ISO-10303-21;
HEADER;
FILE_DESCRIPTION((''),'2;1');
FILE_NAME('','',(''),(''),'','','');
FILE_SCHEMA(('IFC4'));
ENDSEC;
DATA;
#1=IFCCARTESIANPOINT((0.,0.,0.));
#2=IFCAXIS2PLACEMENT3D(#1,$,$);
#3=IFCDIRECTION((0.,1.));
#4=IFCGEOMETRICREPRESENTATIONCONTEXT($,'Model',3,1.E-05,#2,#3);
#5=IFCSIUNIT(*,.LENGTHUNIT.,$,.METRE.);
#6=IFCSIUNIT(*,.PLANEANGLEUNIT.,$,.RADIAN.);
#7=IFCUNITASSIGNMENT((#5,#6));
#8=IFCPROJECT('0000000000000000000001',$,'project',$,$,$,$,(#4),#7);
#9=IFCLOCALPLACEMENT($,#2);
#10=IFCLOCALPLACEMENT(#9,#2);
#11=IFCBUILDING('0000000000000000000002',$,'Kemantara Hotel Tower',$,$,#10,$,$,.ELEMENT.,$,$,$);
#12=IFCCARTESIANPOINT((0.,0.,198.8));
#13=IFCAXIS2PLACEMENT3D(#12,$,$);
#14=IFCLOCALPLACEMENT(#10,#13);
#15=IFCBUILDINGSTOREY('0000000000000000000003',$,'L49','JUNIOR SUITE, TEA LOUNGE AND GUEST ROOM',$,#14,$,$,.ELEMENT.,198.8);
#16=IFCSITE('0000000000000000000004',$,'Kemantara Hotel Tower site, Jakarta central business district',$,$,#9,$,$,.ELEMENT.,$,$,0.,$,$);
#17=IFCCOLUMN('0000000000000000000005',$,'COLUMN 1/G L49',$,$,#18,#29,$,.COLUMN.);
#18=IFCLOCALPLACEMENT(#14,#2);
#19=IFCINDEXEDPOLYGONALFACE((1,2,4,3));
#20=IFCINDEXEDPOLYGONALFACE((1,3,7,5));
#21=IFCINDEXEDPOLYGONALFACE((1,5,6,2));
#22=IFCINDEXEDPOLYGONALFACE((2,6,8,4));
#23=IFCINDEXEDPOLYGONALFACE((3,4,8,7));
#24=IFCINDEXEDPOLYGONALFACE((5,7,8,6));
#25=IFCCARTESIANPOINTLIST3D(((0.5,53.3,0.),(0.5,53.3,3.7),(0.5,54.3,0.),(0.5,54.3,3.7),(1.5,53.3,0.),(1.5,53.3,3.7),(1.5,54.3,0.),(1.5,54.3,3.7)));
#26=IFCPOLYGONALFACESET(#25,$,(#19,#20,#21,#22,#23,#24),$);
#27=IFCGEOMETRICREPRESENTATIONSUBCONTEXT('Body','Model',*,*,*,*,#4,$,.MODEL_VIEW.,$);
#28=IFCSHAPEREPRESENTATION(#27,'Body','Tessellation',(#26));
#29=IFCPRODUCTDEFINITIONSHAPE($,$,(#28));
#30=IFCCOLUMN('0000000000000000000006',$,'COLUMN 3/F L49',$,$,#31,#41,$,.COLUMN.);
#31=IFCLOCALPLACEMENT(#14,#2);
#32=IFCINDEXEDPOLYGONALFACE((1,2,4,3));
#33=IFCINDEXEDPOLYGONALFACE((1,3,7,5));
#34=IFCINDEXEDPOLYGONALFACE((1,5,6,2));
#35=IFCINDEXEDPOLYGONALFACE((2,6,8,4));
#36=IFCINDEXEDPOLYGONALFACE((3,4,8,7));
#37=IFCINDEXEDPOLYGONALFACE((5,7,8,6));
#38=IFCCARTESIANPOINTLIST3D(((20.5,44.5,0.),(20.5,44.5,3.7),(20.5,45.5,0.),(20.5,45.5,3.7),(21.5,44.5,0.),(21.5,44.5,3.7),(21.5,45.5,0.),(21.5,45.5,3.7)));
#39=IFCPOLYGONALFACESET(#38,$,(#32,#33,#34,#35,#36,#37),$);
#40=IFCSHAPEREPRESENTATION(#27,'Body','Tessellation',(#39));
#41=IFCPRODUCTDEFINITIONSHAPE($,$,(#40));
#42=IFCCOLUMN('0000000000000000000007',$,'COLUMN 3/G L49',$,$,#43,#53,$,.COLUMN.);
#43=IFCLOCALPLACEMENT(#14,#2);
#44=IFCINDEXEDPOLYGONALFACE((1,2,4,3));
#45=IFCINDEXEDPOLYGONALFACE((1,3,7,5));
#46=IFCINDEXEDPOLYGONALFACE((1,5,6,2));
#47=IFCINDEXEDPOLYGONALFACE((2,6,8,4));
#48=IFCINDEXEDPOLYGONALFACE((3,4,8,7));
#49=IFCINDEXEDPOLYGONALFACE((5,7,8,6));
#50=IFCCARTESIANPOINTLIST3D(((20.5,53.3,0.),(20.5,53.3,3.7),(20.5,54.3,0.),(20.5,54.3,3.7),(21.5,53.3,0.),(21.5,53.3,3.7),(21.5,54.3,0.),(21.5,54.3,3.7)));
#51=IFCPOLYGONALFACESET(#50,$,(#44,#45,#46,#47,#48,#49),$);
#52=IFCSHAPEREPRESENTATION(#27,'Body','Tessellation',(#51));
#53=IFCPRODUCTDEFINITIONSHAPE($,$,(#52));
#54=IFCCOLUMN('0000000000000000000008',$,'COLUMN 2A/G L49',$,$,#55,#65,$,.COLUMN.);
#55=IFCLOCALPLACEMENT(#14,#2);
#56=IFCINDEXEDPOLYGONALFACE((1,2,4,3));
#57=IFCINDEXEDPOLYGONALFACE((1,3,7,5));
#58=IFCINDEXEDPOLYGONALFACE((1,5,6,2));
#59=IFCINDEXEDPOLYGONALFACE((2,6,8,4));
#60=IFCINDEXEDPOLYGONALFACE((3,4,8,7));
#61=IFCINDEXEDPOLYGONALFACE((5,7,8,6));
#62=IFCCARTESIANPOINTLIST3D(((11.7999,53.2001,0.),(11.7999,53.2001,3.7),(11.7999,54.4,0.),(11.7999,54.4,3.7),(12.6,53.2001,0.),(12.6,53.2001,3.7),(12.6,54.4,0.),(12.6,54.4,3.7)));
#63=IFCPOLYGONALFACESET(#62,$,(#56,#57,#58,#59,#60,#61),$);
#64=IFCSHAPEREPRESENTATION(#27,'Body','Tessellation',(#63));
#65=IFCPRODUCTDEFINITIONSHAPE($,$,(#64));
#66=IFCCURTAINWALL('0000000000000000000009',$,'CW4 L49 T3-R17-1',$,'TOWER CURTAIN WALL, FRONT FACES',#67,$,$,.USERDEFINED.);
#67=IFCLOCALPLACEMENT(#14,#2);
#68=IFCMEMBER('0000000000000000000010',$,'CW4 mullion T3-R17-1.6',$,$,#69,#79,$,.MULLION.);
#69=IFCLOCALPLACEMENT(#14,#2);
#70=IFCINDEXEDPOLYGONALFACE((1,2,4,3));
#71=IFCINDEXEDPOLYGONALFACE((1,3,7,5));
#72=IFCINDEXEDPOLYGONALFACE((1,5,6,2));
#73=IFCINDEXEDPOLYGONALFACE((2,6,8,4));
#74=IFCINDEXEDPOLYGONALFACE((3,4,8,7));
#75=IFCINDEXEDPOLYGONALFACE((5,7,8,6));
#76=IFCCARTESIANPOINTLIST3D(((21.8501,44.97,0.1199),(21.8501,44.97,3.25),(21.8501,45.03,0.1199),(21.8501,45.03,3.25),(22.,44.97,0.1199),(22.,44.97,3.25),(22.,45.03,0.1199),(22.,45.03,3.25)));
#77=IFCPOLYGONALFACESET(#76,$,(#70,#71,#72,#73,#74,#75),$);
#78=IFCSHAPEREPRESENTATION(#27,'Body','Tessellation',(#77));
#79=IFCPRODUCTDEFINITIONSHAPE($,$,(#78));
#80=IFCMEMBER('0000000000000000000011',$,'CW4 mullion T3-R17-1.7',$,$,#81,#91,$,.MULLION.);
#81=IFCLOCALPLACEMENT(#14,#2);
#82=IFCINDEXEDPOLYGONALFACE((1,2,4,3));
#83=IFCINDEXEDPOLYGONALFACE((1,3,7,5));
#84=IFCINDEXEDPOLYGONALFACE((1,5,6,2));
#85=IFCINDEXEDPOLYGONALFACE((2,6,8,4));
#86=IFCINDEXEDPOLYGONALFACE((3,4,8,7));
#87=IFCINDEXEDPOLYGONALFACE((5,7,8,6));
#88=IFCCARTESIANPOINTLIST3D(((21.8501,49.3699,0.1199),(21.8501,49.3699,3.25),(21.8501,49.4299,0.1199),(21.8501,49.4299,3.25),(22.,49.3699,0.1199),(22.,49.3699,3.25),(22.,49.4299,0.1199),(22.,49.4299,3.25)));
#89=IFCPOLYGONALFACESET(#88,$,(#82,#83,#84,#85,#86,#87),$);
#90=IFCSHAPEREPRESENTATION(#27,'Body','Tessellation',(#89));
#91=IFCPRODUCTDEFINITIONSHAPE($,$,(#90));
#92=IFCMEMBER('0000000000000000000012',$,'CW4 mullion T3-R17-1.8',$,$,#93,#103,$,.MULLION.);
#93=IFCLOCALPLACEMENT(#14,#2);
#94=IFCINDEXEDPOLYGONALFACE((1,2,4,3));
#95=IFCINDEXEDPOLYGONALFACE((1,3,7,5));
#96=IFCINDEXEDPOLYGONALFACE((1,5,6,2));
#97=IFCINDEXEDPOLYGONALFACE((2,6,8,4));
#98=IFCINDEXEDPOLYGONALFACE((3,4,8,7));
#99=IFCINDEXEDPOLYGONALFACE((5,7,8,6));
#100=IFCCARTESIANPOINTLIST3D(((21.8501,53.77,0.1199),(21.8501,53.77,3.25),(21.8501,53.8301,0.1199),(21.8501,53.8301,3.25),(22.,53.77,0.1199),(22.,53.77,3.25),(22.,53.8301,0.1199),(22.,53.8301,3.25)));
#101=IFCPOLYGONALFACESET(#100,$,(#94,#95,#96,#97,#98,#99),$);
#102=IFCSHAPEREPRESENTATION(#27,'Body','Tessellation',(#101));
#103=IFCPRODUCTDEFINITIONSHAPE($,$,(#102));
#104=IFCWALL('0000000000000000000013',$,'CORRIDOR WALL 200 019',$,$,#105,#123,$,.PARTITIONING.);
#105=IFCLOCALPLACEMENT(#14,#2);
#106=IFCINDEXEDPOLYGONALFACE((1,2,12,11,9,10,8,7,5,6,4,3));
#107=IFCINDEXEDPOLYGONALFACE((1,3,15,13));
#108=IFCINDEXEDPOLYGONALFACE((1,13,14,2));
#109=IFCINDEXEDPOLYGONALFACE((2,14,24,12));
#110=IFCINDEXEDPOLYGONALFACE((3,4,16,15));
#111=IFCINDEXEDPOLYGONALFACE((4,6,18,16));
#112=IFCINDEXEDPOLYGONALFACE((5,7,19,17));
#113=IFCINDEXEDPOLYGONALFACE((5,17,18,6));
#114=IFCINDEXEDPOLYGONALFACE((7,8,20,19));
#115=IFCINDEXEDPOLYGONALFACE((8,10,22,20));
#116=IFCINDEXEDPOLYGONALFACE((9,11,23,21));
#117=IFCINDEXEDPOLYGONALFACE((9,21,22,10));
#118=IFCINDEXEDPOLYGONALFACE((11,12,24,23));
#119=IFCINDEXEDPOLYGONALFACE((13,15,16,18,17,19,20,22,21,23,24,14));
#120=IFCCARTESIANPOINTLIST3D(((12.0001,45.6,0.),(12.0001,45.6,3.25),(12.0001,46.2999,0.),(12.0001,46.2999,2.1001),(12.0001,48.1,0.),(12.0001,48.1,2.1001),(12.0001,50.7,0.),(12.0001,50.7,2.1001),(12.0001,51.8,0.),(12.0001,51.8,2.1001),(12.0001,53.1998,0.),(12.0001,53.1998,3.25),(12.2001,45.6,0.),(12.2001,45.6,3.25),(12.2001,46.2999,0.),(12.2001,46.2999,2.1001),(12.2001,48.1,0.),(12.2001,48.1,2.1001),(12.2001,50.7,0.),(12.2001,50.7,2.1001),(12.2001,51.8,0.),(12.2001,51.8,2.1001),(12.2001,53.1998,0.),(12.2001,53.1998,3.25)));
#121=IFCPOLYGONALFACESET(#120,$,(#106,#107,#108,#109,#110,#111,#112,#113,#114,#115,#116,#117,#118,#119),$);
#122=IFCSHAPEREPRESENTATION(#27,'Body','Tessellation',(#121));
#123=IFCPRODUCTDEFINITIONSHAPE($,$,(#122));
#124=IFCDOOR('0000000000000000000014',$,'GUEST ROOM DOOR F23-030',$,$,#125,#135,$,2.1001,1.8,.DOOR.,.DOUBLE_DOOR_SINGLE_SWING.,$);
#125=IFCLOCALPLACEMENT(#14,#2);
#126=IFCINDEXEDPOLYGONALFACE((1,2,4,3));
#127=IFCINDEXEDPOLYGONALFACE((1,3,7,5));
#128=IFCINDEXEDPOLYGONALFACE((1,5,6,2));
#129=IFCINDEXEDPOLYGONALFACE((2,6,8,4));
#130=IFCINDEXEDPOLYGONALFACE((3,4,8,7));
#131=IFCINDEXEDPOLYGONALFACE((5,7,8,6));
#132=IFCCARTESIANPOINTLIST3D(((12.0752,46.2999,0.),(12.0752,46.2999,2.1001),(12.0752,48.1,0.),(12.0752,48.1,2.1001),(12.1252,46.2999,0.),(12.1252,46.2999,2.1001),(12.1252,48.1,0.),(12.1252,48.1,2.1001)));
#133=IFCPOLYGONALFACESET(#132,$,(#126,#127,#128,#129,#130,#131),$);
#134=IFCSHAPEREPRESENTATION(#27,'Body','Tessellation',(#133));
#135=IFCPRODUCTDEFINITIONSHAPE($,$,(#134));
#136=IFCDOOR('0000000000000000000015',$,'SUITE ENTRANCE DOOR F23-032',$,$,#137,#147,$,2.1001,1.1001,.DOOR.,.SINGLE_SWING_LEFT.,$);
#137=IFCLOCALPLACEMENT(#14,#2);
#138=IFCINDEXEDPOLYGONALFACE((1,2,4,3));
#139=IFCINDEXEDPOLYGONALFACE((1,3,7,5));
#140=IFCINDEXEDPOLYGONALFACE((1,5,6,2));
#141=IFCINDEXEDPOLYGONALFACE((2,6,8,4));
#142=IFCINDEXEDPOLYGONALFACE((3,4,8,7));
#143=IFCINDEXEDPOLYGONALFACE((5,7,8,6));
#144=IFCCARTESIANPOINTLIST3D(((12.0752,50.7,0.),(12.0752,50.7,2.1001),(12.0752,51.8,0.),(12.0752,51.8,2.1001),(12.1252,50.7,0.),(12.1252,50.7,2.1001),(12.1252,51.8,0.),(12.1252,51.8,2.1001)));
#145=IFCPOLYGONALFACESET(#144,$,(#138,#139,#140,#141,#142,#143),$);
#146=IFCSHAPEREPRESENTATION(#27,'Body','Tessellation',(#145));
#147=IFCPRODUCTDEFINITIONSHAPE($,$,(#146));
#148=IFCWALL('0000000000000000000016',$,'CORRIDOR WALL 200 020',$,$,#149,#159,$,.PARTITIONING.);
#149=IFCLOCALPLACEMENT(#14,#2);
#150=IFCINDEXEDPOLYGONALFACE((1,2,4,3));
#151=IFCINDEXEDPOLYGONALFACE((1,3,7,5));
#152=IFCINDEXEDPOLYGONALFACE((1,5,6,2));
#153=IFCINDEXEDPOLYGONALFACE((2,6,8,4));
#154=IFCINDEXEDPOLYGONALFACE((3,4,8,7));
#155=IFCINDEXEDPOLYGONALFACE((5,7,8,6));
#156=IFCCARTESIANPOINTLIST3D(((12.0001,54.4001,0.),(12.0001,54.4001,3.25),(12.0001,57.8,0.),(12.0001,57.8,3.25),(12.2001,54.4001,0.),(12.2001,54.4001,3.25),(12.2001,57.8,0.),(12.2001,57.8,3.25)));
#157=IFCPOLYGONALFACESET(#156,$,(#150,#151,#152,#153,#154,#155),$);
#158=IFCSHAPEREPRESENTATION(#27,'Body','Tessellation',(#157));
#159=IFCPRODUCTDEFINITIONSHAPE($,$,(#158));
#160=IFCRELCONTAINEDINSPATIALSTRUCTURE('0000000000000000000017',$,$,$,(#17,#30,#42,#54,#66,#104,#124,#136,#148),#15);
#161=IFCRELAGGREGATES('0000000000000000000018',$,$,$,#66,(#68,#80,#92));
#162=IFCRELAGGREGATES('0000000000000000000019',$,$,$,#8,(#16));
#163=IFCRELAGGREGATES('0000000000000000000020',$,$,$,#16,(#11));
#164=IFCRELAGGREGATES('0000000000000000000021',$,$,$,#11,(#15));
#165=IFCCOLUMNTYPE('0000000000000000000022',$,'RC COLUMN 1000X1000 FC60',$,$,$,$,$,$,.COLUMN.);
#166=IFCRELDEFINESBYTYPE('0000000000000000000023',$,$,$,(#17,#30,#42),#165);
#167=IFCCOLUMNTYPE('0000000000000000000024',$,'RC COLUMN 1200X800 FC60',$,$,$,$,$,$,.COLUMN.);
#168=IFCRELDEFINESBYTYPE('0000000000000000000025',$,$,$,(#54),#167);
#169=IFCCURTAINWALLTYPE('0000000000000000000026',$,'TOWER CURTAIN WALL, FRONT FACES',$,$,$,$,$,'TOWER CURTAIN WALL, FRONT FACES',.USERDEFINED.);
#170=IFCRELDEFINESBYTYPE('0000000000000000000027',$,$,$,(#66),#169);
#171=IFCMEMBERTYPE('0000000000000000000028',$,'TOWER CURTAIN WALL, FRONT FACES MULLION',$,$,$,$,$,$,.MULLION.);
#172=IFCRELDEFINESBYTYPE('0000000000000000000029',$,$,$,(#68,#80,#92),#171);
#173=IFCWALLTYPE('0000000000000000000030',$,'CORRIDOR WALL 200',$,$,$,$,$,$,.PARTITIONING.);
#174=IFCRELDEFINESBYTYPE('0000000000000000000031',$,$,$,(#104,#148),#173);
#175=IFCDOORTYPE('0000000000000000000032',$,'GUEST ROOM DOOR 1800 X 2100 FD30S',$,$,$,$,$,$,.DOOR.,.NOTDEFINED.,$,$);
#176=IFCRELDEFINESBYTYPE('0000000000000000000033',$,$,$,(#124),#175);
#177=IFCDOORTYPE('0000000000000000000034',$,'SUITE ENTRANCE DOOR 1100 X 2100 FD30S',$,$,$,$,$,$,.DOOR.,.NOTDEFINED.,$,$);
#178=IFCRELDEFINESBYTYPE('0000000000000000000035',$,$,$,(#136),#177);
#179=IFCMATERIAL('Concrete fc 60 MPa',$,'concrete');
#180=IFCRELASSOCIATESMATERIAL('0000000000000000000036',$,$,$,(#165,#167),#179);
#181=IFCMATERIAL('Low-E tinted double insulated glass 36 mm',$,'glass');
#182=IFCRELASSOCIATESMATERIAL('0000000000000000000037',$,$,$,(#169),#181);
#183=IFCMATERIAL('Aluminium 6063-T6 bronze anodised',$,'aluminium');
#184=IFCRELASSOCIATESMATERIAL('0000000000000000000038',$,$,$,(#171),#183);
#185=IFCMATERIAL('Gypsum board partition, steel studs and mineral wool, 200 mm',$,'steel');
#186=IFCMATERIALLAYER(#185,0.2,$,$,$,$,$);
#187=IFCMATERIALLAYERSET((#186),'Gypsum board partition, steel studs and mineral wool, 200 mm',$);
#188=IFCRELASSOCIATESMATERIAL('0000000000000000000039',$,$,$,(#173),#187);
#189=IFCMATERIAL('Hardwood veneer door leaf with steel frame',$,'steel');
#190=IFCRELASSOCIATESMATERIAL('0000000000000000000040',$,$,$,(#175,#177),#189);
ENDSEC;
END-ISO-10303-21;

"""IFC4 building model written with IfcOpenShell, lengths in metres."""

from ifc_helpers import new_model, si_unit, direction, frame, frame_2d, origin, origin_2d, place, context, subcontext, project, spatial, rectangle, extrude, source, transform, mapped, material, layer, layer_set, material_profile, profile_set, type_object, element, fill, aggregate, save


model = new_model("IFC4")

# Units and contexts
model_context = context("Model", 3, precision=1e-05, world=origin(), true_north=direction((0.0, 1.0)))
body_context = subcontext(model_context, "Body", "Model", "MODEL_VIEW")
ifc_project = project(units=[si_unit("LENGTHUNIT", "METRE"), si_unit("PLANEANGLEUNIT", "RADIAN")], contexts=[model_context])

# Site, building, storey
site_placement = place(None, origin())
site = spatial("IfcSite", under=ifc_project, at=site_placement, Name="Kemantara Hotel Tower site, Jakarta central business district", CompositionType="ELEMENT", RefElevation=0.0)
building_placement = place(site_placement, origin())
building = spatial("IfcBuilding", under=site, at=building_placement, Name="Kemantara Hotel Tower", CompositionType="ELEMENT")
storey_placement = place(building_placement, frame((0.0, 0.0, 198.8)))
storey = spatial("IfcBuildingStorey", under=building, at=storey_placement, Name="L49", Description="JUNIOR SUITE, TEA LOUNGE AND GUEST ROOM", CompositionType="ELEMENT", Elevation=198.8)

# Columns
ifc_material_1 = material(Name="Concrete fc 60 MPa", Category="concrete")
ifc_material_profile_1 = material_profile(ifc_material_1, rectangle(XDim=1.0, YDim=1.0, at=origin_2d()), Name="RC 1000X1000")
ifc_profile_set_1 = profile_set([ifc_material_profile_1], Name="Concrete fc 60 MPa")
column_type_1 = type_object("IfcColumnType", Name="RC COLUMN 1000X1000 FC60", PredefinedType="COLUMN", material=ifc_profile_set_1)
for number, where, z_axis, x_axis, name in (
    (1, (1.0, 53.8, 0.0), (0.0, 0.0, 1.0), (1.0, 0.0, 0.0), "COLUMN 1/G L49"),
    (2, (21.0, 45.0, 0.0), (0.0, 0.0, 1.0), (1.0, 0.0, 0.0), "COLUMN 3/F L49"),
    (3, (21.0, 53.8, 0.0), (0.0, 0.0, 1.0), (1.0, 0.0, 0.0), "COLUMN 3/G L49"),
):
    element("IfcColumn", number, at=place(storey_placement, frame(where, z_axis=z_axis, x_axis=x_axis)), inside=storey, type_object=column_type_1, Name=name, PredefinedType="COLUMN", context=body_context, shape_type="SweptSolid", body=[
        extrude(rectangle(XDim=1.0, YDim=1.0, at=origin_2d()), origin(), (0.0, 0.0, 1.0), 3.7),
    ])
ifc_material_profile_2 = material_profile(ifc_material_1, rectangle(XDim=1.2, YDim=0.8, at=origin_2d()), Name="RC 1200X800")
ifc_profile_set_2 = profile_set([ifc_material_profile_2], Name="Concrete fc 60 MPa")
column_type_2 = type_object("IfcColumnType", Name="RC COLUMN 1200X800 FC60", PredefinedType="COLUMN", material=ifc_profile_set_2)
column_placement = place(storey_placement, frame((12.2, 53.8, 0.0), z_axis=(0.0, 0.0, 1.0), x_axis=(0.0, 1.0, 0.0)))
element("IfcColumn", 4, at=column_placement, inside=storey, type_object=column_type_2, Name="COLUMN 2A/G L49", PredefinedType="COLUMN", context=body_context, shape_type="SweptSolid", body=[
    extrude(rectangle(XDim=1.2, YDim=0.8, at=origin_2d()), origin(), (0.0, 0.0, 1.0), 3.7),
])

# Curtain wall, members
ifc_material_2 = material(Name="Low-E tinted double insulated glass 36 mm", Category="glass")
curtain_wall_type = type_object("IfcCurtainWallType", Name="TOWER CURTAIN WALL, FRONT FACES", ElementType="TOWER CURTAIN WALL, FRONT FACES", PredefinedType="USERDEFINED", material=ifc_material_2)
curtain_wall_placement = place(storey_placement, origin())
curtain_wall = element("IfcCurtainWall", 5, at=curtain_wall_placement, inside=storey, type_object=curtain_wall_type, Name="CW4 L49 T3-R17-1", ObjectType="TOWER CURTAIN WALL, FRONT FACES", PredefinedType="USERDEFINED")
ifc_material_3 = material(Name="Aluminium 6063-T6 bronze anodised", Category="aluminium")
ifc_material_profile_3 = material_profile(ifc_material_3, rectangle(XDim=0.1499, YDim=0.0601, at=origin_2d()), Name="TOWER CURTAIN WALL, FRONT FACES MULLION")
ifc_profile_set_3 = profile_set([ifc_material_profile_3], Name="Aluminium 6063-T6 bronze anodised")
member_type = type_object("IfcMemberType", Name="TOWER CURTAIN WALL, FRONT FACES MULLION", PredefinedType="MULLION", material=ifc_profile_set_3)
shared_shape_1 = source(origin(), body_context, "Body", "SweptSolid", [
    extrude(rectangle(XDim=0.1499, YDim=0.0601, at=origin_2d()), origin(), (0.0, 0.0, 1.0), 3.1301),
])
member_1_placement = place(storey_placement, frame((21.925, 45.0, 0.1199), z_axis=(0.0, 0.0, 1.0), x_axis=(-1.0, 0.0, 0.0)))
member_1 = element("IfcMember", 6, at=member_1_placement, type_object=member_type, Name="CW4 mullion T3-R17-1.6", PredefinedType="MULLION", context=body_context, shape_type="MappedRepresentation", body=[
    mapped(shared_shape_1, transform((0.0, 0.0, 0.0))),
])
member_2_placement = place(storey_placement, frame((21.925, 49.3999, 0.1199), z_axis=(0.0, 0.0, 1.0), x_axis=(-1.0, 0.0, 0.0)))
member_2 = element("IfcMember", 7, at=member_2_placement, type_object=member_type, Name="CW4 mullion T3-R17-1.7", PredefinedType="MULLION", context=body_context, shape_type="MappedRepresentation", body=[
    mapped(shared_shape_1, transform((0.0, 0.0, 0.0))),
])
member_3_placement = place(storey_placement, frame((21.925, 53.8, 0.1199), z_axis=(0.0, 0.0, 1.0), x_axis=(-1.0, 0.0, 0.0)))
member_3 = element("IfcMember", 8, at=member_3_placement, type_object=member_type, Name="CW4 mullion T3-R17-1.8", PredefinedType="MULLION", context=body_context, shape_type="MappedRepresentation", body=[
    mapped(shared_shape_1, transform((0.0, 0.0, 0.0))),
])
aggregate(curtain_wall, [member_1, member_2, member_3])

# Wall, openings, doors
ifc_material_4 = material(Name="Gypsum board partition, steel studs and mineral wool, 200 mm", Category="steel")
ifc_layer_1 = layer(ifc_material_4, 0.2)
ifc_layer_set_1 = layer_set([ifc_layer_1], Name="Gypsum board partition, steel studs and mineral wool, 200 mm")
wall_type_1 = type_object("IfcWallType", Name="CORRIDOR WALL 200", PredefinedType="PARTITIONING", material=ifc_layer_set_1)
wall_1_placement = place(storey_placement, frame((12.1001, 45.6001, 0.0), z_axis=(0.0, 0.0, 1.0), x_axis=(0.0, 1.0, 0.0)))
wall_1 = element("IfcWall", 9, at=wall_1_placement, inside=storey, type_object=wall_type_1, Name="CORRIDOR WALL 200 019", PredefinedType="PARTITIONING", context=body_context, shape_type="SweptSolid", body=[
    extrude(rectangle(XDim=7.5999, YDim=0.2, at=frame_2d((3.7998, 0.0))), origin(), (0.0, 0.0, 1.0), 3.25),
])
opening_1_placement = place(wall_1_placement, frame((0.7, 0.0, 0.0)))
opening_1 = element("IfcOpeningElement", 10, at=opening_1_placement, cuts=wall_1, PredefinedType="OPENING", context=body_context, shape_type="SweptSolid", body=[
    extrude(rectangle(XDim=1.8, YDim=2.1001, at=frame_2d((0.8999, 1.05))), frame((0.0, 0.1099, 0.0), z_axis=(0.0, -1.0, 0.0), x_axis=(1.0, 0.0, 0.0)), (0.0, 0.0, 1.0), 0.22),
])
opening_2_placement = place(wall_1_placement, frame((5.0999, 0.0, 0.0)))
opening_2 = element("IfcOpeningElement", 11, at=opening_2_placement, cuts=wall_1, PredefinedType="OPENING", context=body_context, shape_type="SweptSolid", body=[
    extrude(rectangle(XDim=1.1001, YDim=2.1001, at=frame_2d((0.55, 1.05))), frame((0.0, 0.1099, 0.0), z_axis=(0.0, -1.0, 0.0), x_axis=(1.0, 0.0, 0.0)), (0.0, 0.0, 1.0), 0.22),
])
ifc_material_5 = material(Name="Hardwood veneer door leaf with steel frame", Category="steel")
door_type_1 = type_object("IfcDoorType", Name="GUEST ROOM DOOR 1800 X 2100 FD30S", OperationType="NOTDEFINED", PredefinedType="DOOR", material=ifc_material_5)
door_1_placement = place(opening_1_placement, origin())
door_1 = element("IfcDoor", 12, at=door_1_placement, inside=storey, type_object=door_type_1, Name="GUEST ROOM DOOR F23-030", OperationType="DOUBLE_DOOR_SINGLE_SWING", OverallHeight=2.1001, OverallWidth=1.8, PredefinedType="DOOR", context=body_context, shape_type="SweptSolid", body=[
    extrude(rectangle(XDim=1.8, YDim=2.1001, at=frame_2d((0.8999, 1.05))), frame((0.0, 0.0249, 0.0), z_axis=(0.0, -1.0, 0.0), x_axis=(1.0, 0.0, 0.0)), (0.0, 0.0, 1.0), 0.05),
])
fill(opening_1, door_1)
door_type_2 = type_object("IfcDoorType", Name="SUITE ENTRANCE DOOR 1100 X 2100 FD30S", OperationType="NOTDEFINED", PredefinedType="DOOR", material=ifc_material_5)
door_2_placement = place(opening_2_placement, origin())
door_2 = element("IfcDoor", 13, at=door_2_placement, inside=storey, type_object=door_type_2, Name="SUITE ENTRANCE DOOR F23-032", OperationType="SINGLE_SWING_LEFT", OverallHeight=2.1001, OverallWidth=1.1001, PredefinedType="DOOR", context=body_context, shape_type="SweptSolid", body=[
    extrude(rectangle(XDim=1.1001, YDim=2.1001, at=frame_2d((0.55, 1.05))), frame((0.0, 0.0249, 0.0), z_axis=(0.0, -1.0, 0.0), x_axis=(1.0, 0.0, 0.0)), (0.0, 0.0, 1.0), 0.05),
])
fill(opening_2, door_2)

# Wall
wall_2_placement = place(storey_placement, frame((12.1001, 54.4001, 0.0), z_axis=(0.0, 0.0, 1.0), x_axis=(0.0, 1.0, 0.0)))
element("IfcWall", 14, at=wall_2_placement, inside=storey, type_object=wall_type_1, Name="CORRIDOR WALL 200 020", PredefinedType="PARTITIONING", context=body_context, shape_type="SweptSolid", body=[
    extrude(rectangle(XDim=3.3999, YDim=0.2, at=frame_2d((1.7, 0.0))), origin(), (0.0, 0.0, 1.0), 3.25),
])

save(model, "model.ifc")
